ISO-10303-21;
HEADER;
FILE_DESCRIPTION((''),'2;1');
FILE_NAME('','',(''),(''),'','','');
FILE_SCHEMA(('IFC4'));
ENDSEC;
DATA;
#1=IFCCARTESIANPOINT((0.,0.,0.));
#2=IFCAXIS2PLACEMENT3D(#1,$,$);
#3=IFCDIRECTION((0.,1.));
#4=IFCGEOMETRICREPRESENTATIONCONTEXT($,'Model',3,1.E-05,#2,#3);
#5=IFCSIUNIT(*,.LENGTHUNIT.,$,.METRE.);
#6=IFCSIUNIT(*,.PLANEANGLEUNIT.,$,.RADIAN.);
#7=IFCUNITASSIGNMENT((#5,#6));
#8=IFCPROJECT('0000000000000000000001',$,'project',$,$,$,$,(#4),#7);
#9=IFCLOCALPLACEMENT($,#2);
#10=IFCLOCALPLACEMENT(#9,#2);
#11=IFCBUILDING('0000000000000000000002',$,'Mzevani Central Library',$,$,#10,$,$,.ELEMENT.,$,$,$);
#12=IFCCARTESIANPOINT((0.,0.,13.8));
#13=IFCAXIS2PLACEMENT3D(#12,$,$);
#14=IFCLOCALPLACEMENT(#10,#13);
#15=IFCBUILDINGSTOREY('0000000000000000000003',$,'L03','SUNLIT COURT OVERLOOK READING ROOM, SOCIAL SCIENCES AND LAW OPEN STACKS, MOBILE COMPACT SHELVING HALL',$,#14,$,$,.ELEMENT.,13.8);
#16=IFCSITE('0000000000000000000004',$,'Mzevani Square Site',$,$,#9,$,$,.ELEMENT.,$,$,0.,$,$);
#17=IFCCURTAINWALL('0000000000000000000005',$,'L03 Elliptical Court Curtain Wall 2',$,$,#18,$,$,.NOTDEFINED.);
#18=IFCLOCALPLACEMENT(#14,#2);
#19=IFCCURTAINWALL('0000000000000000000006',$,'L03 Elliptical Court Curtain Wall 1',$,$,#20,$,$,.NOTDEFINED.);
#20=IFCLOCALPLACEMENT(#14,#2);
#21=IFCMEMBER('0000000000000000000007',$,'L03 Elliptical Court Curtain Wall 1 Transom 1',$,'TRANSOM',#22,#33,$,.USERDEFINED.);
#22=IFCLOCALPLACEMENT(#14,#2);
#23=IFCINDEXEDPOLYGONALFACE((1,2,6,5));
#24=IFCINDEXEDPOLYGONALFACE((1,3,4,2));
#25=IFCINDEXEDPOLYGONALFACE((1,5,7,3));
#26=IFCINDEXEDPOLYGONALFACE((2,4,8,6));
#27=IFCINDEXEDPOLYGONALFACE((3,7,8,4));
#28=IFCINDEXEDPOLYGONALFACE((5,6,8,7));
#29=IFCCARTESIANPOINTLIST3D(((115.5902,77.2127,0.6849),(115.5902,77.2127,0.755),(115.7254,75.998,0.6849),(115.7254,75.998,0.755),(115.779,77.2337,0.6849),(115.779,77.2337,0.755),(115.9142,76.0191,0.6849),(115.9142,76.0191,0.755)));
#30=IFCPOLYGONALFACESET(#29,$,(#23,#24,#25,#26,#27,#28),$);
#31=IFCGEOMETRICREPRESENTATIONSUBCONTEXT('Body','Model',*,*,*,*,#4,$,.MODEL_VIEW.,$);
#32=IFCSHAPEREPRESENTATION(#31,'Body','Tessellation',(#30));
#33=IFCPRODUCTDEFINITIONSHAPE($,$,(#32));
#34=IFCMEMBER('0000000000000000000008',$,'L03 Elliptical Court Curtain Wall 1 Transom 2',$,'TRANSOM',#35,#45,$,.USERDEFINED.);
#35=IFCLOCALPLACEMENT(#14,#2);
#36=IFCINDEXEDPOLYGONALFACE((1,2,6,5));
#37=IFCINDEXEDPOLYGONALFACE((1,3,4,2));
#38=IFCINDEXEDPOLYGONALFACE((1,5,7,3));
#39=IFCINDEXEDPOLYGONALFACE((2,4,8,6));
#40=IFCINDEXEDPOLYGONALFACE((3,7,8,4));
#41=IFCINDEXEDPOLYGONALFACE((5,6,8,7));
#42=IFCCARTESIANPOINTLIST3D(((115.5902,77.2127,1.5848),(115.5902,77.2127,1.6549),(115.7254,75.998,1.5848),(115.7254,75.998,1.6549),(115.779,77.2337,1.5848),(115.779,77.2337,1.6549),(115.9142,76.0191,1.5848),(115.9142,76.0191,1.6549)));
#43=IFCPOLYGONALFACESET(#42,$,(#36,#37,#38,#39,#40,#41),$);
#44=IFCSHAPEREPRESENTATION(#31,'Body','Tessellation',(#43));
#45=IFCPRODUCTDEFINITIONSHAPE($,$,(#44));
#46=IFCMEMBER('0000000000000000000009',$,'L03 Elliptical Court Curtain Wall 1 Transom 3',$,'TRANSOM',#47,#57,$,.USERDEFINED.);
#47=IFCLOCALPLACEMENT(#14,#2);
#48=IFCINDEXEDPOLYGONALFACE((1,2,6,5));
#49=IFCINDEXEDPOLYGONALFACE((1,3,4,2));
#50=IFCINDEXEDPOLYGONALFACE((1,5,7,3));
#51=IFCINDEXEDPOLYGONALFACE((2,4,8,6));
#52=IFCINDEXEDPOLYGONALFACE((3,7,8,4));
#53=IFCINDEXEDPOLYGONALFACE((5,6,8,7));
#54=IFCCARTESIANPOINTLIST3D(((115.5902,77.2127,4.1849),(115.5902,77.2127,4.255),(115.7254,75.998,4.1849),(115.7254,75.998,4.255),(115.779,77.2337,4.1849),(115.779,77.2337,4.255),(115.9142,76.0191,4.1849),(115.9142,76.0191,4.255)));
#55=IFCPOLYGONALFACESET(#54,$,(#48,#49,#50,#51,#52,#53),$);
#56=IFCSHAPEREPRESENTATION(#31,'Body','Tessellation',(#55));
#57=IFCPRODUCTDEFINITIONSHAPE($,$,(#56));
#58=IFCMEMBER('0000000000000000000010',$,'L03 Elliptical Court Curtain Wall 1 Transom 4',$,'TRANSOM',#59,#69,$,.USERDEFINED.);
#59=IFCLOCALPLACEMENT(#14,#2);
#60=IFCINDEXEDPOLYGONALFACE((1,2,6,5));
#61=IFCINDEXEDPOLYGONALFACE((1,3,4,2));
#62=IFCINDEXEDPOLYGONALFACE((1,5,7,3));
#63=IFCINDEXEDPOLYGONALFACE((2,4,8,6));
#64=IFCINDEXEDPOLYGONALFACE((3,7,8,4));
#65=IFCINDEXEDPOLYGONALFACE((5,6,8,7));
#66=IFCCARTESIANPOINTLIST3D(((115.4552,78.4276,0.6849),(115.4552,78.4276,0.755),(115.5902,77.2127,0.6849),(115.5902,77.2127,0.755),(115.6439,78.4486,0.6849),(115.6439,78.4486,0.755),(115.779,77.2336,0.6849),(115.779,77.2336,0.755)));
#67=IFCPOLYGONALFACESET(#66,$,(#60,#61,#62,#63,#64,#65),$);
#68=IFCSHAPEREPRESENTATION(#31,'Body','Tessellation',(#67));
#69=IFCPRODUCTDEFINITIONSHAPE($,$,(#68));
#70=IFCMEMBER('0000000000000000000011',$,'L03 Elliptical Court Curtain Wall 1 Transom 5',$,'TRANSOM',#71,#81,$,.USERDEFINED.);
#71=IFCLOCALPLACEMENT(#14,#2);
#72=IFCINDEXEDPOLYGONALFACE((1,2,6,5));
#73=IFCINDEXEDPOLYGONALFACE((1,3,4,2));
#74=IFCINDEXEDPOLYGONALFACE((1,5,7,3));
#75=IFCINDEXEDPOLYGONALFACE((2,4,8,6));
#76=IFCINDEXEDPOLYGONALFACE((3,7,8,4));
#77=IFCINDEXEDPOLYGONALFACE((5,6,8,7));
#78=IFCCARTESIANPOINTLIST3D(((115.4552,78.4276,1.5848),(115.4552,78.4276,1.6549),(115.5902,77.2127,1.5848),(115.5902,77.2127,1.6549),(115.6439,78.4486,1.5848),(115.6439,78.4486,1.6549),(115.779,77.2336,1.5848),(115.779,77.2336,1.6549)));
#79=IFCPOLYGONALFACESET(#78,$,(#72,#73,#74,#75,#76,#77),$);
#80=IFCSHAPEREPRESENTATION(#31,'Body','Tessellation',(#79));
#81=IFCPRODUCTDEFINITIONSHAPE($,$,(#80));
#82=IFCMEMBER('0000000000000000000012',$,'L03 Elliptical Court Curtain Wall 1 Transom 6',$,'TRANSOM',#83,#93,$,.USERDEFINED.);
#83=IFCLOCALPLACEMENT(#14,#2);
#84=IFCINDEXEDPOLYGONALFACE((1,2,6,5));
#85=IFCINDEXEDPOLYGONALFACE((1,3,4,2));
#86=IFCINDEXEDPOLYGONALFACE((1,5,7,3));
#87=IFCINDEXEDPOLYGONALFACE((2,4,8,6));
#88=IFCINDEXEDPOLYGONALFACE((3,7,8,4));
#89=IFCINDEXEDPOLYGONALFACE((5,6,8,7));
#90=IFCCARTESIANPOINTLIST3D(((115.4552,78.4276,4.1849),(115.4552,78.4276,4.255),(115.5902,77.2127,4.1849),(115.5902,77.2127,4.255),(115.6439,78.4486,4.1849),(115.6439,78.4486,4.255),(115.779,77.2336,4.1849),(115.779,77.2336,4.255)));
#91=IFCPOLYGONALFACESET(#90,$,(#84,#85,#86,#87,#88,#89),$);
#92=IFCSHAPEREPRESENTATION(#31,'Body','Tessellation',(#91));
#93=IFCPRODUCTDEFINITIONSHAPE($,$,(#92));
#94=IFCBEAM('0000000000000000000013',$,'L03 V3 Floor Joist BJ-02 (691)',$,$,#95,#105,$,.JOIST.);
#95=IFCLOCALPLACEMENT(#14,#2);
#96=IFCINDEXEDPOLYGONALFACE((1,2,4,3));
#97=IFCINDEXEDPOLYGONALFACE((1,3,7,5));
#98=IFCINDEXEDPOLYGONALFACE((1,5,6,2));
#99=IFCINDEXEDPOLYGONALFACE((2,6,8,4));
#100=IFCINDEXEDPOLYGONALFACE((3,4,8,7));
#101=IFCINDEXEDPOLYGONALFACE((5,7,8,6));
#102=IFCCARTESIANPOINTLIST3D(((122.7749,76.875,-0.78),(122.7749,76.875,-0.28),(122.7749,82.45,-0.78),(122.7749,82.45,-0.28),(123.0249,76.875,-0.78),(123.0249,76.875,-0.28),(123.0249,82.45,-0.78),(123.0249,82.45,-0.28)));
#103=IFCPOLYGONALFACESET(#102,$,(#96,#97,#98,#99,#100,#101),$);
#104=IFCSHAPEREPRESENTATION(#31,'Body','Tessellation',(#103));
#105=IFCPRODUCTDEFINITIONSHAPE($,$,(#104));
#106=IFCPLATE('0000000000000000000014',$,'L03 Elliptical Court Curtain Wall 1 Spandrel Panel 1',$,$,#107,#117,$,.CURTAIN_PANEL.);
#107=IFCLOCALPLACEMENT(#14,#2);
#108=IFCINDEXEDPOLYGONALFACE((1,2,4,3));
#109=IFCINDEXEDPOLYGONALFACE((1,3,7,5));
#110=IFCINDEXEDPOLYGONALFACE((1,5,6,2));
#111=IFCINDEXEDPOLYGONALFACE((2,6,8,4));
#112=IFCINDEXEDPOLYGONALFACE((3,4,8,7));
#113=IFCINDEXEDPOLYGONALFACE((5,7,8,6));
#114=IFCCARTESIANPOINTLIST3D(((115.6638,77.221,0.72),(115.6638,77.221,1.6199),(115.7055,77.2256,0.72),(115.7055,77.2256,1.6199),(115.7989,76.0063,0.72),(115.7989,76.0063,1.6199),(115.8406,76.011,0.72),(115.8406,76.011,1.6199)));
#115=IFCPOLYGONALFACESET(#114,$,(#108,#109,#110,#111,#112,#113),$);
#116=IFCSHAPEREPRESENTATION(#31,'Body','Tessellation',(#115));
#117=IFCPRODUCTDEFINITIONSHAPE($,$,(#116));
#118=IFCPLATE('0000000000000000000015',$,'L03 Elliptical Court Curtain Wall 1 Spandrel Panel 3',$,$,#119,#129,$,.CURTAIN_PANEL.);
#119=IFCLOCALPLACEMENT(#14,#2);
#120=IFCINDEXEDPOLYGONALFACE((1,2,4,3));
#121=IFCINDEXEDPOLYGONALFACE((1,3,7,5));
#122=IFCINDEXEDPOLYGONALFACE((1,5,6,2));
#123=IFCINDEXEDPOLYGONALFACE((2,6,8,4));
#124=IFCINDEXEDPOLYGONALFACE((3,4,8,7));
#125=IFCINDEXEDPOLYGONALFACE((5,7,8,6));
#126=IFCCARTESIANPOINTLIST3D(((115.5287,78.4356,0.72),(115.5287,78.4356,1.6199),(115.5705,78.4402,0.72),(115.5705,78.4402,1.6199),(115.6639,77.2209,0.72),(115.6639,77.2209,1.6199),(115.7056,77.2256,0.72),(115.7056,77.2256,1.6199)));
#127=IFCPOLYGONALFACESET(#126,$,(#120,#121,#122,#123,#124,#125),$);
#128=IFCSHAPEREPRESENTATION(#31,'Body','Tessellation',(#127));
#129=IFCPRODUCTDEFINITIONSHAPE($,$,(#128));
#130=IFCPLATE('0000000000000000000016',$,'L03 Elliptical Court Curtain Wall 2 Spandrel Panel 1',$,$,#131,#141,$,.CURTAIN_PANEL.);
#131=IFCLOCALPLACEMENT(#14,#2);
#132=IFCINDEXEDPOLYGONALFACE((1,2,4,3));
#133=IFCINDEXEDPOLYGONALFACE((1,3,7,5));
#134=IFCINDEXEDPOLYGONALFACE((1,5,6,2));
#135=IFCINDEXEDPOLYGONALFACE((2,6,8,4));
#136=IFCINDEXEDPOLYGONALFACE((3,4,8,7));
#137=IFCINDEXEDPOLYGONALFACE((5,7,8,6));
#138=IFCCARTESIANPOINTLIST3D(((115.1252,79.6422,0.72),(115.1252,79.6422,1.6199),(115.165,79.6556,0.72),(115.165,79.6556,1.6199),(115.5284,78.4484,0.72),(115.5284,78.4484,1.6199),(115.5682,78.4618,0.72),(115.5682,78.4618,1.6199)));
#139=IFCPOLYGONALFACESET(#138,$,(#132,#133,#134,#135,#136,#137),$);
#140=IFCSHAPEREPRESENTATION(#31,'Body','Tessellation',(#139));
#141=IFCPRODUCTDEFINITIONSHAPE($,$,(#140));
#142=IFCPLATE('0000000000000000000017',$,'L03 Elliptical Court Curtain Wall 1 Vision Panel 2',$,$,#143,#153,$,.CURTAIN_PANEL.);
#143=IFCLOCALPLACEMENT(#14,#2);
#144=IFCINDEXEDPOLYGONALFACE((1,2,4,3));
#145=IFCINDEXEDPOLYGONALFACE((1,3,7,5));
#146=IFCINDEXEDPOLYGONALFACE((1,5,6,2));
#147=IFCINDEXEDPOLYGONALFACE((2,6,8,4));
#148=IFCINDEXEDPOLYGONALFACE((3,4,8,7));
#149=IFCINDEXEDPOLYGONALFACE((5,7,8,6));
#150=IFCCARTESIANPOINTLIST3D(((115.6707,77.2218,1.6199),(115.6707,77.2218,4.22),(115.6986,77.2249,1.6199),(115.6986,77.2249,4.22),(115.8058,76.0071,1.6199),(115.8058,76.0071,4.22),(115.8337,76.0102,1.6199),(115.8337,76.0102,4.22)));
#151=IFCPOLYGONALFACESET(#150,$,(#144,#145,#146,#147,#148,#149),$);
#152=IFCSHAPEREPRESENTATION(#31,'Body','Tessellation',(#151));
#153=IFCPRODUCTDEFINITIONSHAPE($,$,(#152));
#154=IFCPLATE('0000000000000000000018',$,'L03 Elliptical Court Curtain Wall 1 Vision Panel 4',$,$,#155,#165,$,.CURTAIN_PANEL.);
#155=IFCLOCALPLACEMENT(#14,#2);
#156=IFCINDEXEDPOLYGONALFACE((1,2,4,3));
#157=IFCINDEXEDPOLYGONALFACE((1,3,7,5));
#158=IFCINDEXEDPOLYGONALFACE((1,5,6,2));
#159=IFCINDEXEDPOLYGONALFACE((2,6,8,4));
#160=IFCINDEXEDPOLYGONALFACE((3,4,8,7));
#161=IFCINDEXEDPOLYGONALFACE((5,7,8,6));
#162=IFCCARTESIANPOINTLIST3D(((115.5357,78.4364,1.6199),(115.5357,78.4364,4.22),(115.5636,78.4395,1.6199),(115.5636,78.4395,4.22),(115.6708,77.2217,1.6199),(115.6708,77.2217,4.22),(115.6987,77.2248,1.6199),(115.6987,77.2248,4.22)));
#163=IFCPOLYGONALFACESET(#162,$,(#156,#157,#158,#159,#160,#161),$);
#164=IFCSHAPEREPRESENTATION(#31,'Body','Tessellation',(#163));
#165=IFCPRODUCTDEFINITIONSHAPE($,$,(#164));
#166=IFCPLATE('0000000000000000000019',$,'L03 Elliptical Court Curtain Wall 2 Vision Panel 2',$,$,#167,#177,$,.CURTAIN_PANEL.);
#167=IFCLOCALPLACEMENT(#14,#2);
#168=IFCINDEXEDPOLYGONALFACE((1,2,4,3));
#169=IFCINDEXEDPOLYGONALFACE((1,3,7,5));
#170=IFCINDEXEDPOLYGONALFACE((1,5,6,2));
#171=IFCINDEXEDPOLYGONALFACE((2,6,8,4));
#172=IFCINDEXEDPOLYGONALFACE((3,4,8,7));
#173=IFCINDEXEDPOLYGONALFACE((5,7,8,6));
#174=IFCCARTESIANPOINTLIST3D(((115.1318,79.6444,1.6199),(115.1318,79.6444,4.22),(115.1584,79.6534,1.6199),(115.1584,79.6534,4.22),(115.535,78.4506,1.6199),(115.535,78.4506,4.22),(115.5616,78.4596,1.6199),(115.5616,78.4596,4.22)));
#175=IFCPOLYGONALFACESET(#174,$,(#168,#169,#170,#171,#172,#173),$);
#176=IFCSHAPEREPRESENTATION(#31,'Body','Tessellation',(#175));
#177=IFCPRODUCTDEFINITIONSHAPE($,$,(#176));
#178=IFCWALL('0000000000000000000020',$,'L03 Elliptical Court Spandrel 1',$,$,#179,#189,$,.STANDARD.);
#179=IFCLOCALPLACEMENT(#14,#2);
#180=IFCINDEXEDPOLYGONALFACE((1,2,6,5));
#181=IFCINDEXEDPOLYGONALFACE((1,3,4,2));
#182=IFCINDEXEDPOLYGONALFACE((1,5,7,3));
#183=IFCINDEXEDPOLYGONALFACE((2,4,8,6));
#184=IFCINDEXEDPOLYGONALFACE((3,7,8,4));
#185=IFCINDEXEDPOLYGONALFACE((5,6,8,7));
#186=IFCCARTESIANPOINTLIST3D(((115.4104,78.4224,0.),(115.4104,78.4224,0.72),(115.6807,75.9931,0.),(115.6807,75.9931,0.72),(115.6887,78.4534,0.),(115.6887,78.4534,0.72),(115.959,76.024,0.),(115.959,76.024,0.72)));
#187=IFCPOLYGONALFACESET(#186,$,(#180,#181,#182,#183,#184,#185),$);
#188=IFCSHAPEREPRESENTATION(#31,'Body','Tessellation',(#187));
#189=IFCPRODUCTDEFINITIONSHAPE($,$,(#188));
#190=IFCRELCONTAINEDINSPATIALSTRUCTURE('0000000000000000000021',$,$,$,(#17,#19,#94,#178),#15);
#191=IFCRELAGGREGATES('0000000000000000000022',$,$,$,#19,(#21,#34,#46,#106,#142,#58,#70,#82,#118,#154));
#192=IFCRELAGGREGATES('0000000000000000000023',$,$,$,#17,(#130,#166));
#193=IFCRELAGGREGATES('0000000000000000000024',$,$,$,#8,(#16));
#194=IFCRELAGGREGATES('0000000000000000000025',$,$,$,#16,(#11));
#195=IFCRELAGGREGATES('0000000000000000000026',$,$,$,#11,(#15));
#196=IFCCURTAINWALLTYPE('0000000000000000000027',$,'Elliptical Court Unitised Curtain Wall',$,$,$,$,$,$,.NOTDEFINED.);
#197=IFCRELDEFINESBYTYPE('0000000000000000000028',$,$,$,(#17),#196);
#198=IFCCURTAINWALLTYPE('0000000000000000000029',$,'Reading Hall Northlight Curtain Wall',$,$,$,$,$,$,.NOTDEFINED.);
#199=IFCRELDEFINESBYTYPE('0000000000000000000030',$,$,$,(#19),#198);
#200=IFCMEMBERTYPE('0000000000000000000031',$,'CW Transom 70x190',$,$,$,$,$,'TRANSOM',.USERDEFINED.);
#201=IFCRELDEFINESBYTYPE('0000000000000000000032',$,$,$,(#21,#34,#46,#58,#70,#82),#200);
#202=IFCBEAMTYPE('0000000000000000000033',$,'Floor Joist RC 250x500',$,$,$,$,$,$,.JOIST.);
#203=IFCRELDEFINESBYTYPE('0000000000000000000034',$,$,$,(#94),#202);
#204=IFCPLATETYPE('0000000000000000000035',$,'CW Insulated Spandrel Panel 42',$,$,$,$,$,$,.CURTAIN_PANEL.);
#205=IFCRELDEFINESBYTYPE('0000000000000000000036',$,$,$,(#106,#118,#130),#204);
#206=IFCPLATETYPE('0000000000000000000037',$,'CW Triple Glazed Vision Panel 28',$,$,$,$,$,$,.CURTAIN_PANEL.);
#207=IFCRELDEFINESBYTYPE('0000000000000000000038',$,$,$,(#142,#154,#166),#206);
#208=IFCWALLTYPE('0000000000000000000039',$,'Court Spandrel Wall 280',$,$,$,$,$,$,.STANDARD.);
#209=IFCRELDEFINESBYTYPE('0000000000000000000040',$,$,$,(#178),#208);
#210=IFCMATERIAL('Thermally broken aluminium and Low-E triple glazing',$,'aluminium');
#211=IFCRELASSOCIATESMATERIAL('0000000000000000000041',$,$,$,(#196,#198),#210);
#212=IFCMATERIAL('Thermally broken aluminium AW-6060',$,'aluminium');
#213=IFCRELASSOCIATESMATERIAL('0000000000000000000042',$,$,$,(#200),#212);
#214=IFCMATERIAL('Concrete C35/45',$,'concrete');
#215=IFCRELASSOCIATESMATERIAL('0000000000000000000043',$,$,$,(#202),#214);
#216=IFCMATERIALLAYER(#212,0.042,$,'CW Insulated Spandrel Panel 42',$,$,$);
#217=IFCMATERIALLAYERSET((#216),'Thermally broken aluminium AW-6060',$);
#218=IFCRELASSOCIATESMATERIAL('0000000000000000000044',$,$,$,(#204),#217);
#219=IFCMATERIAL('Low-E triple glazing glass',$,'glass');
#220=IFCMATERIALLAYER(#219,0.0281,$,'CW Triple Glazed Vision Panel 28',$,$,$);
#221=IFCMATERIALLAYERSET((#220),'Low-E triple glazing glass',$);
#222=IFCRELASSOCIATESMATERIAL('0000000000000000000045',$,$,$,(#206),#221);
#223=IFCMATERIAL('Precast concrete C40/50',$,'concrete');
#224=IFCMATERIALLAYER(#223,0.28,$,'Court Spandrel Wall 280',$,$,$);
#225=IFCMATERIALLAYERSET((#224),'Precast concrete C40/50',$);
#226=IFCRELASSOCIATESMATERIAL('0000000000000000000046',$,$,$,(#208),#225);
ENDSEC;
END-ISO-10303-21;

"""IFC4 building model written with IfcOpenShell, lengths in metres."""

from ifc_helpers import new_model, si_unit, direction, frame, frame_2d, origin, origin_2d, place, context, subcontext, project, spatial, rectangle, extrude, material, layer, layer_set, material_profile, profile_set, type_object, element, aggregate, save


model = new_model("IFC4")

# Units and contexts
model_context = context("Model", 3, precision=1e-05, world=origin(), true_north=direction((0.0, 1.0)))
body_context = subcontext(model_context, "Body", "Model", "MODEL_VIEW")
ifc_project = project(units=[si_unit("LENGTHUNIT", "METRE"), si_unit("PLANEANGLEUNIT", "RADIAN")], contexts=[model_context])

# Site, building, storey
site_placement = place(None, origin())
site = spatial("IfcSite", under=ifc_project, at=site_placement, Name="Mzevani Square Site", CompositionType="ELEMENT", RefElevation=0.0)
building_placement = place(site_placement, origin())
building = spatial("IfcBuilding", under=site, at=building_placement, Name="Mzevani Central Library", CompositionType="ELEMENT")
storey_placement = place(building_placement, frame((0.0, 0.0, 13.8)))
storey = spatial("IfcBuildingStorey", under=building, at=storey_placement, Name="L03", Description="SUNLIT COURT OVERLOOK READING ROOM, SOCIAL SCIENCES AND LAW OPEN STACKS, MOBILE COMPACT SHELVING HALL", CompositionType="ELEMENT", Elevation=13.8)

# Shared definitions
ifc_material_1 = material(Name="Concrete C35/45", Category="concrete")

# Curtain wall
ifc_material_2 = material(Name="Thermally broken aluminium and Low-E triple glazing", Category="aluminium")
curtain_wall_type_1 = type_object("IfcCurtainWallType", Name="Elliptical Court Unitised Curtain Wall", PredefinedType="NOTDEFINED", material=ifc_material_2)
curtain_wall_1_placement = place(storey_placement, origin())
curtain_wall_1 = element("IfcCurtainWall", 1, at=curtain_wall_1_placement, inside=storey, type_object=curtain_wall_type_1, Name="L03 Elliptical Court Curtain Wall 2", PredefinedType="NOTDEFINED")
ifc_material_3 = material(Name="Thermally broken aluminium AW-6060", Category="aluminium")

# Curtain wall
curtain_wall_type_2 = type_object("IfcCurtainWallType", Name="Reading Hall Northlight Curtain Wall", PredefinedType="NOTDEFINED", material=ifc_material_2)
curtain_wall_2_placement = place(storey_placement, origin())
curtain_wall_2 = element("IfcCurtainWall", 2, at=curtain_wall_2_placement, inside=storey, type_object=curtain_wall_type_2, Name="L03 Elliptical Court Curtain Wall 1", PredefinedType="NOTDEFINED")

# Members
ifc_material_profile_1 = material_profile(ifc_material_3, rectangle(XDim=0.1899, YDim=0.0701, at=origin_2d()), Name="ALU T70x190")
ifc_profile_set_1 = profile_set([ifc_material_profile_1], Name="Thermally broken aluminium AW-6060")
member_type_1 = type_object("IfcMemberType", Name="CW Transom 70x190", ElementType="TRANSOM", PredefinedType="USERDEFINED", material=ifc_profile_set_1)
member_1_placement = place(storey_placement, frame((115.8198, 76.0085, 0.72), z_axis=(-0.110673, 0.993857, 0.0), x_axis=(-0.993857, -0.110673, 0.0)))
member_1 = element("IfcMember", 3, at=member_1_placement, type_object=member_type_1, Name="L03 Elliptical Court Curtain Wall 1 Transom 1", ObjectType="TRANSOM", PredefinedType="USERDEFINED", context=body_context, shape_type="SweptSolid", body=[
    extrude(rectangle(XDim=0.1899, YDim=0.0701, at=origin_2d()), origin(), (0.0, 0.0, 1.0), 1.2222),
])
member_2_placement = place(storey_placement, frame((115.8198, 76.0085, 1.6199), z_axis=(-0.110673, 0.993857, 0.0), x_axis=(-0.993857, -0.110673, 0.0)))
member_2 = element("IfcMember", 4, at=member_2_placement, type_object=member_type_1, Name="L03 Elliptical Court Curtain Wall 1 Transom 2", ObjectType="TRANSOM", PredefinedType="USERDEFINED", context=body_context, shape_type="SweptSolid", body=[
    extrude(rectangle(XDim=0.1899, YDim=0.0701, at=origin_2d()), origin(), (0.0, 0.0, 1.0), 1.2222),
])
member_3_placement = place(storey_placement, frame((115.8198, 76.0085, 4.22), z_axis=(-0.110673, 0.993857, 0.0), x_axis=(-0.993857, -0.110673, 0.0)))
member_3 = element("IfcMember", 5, at=member_3_placement, type_object=member_type_1, Name="L03 Elliptical Court Curtain Wall 1 Transom 3", ObjectType="TRANSOM", PredefinedType="USERDEFINED", context=body_context, shape_type="SweptSolid", body=[
    extrude(rectangle(XDim=0.1899, YDim=0.0701, at=origin_2d()), origin(), (0.0, 0.0, 1.0), 1.2222),
])
member_4_placement = place(storey_placement, frame((115.6846, 77.2231, 0.72), z_axis=(-0.110453, 0.993881, 0.0), x_axis=(-0.993881, -0.110453, 0.0)))
member_4 = element("IfcMember", 6, at=member_4_placement, type_object=member_type_1, Name="L03 Elliptical Court Curtain Wall 1 Transom 4", ObjectType="TRANSOM", PredefinedType="USERDEFINED", context=body_context, shape_type="SweptSolid", body=[
    extrude(rectangle(XDim=0.1899, YDim=0.0701, at=origin_2d()), origin(), (0.0, 0.0, 1.0), 1.2224),
])
member_5_placement = place(storey_placement, frame((115.6846, 77.2231, 1.6199), z_axis=(-0.110453, 0.993881, 0.0), x_axis=(-0.993881, -0.110453, 0.0)))
member_5 = element("IfcMember", 7, at=member_5_placement, type_object=member_type_1, Name="L03 Elliptical Court Curtain Wall 1 Transom 5", ObjectType="TRANSOM", PredefinedType="USERDEFINED", context=body_context, shape_type="SweptSolid", body=[
    extrude(rectangle(XDim=0.1899, YDim=0.0701, at=origin_2d()), origin(), (0.0, 0.0, 1.0), 1.2224),
])
member_6_placement = place(storey_placement, frame((115.6846, 77.2231, 4.22), z_axis=(-0.110453, 0.993881, 0.0), x_axis=(-0.993881, -0.110453, 0.0)))
member_6 = element("IfcMember", 8, at=member_6_placement, type_object=member_type_1, Name="L03 Elliptical Court Curtain Wall 1 Transom 6", ObjectType="TRANSOM", PredefinedType="USERDEFINED", context=body_context, shape_type="SweptSolid", body=[
    extrude(rectangle(XDim=0.1899, YDim=0.0701, at=origin_2d()), origin(), (0.0, 0.0, 1.0), 1.2224),
])

# Beam
ifc_material_profile_2 = material_profile(ifc_material_1, rectangle(XDim=0.25, YDim=0.5, at=origin_2d()), Name="RC J250x500")
ifc_profile_set_2 = profile_set([ifc_material_profile_2], Name="Concrete C35/45")
beam_type_1 = type_object("IfcBeamType", Name="Floor Joist RC 250x500", PredefinedType="JOIST", material=ifc_profile_set_2)
beam_1_placement = place(storey_placement, frame((122.8999, 76.875, -0.53), z_axis=(0.0, 1.0, 0.0), x_axis=(-1.0, 0.0, 0.0)))
element("IfcBeam", 9, at=beam_1_placement, inside=storey, type_object=beam_type_1, Name="L03 V3 Floor Joist BJ-02 (691)", PredefinedType="JOIST", context=body_context, shape_type="SweptSolid", body=[
    extrude(rectangle(XDim=0.25, YDim=0.5, at=origin_2d()), origin(), (0.0, 0.0, 1.0), 5.575),
])

# Plates
ifc_layer_1 = layer(ifc_material_3, 0.042, Name="CW Insulated Spandrel Panel 42")
ifc_layer_set_1 = layer_set([ifc_layer_1], Name="Thermally broken aluminium AW-6060")
plate_type_1 = type_object("IfcPlateType", Name="CW Insulated Spandrel Panel 42", PredefinedType="CURTAIN_PANEL", material=ifc_layer_set_1)
plate_1_placement = place(storey_placement, frame((115.7522, 76.616, 0.72), z_axis=(0.0, 0.0, 1.0), x_axis=(-0.110579, 0.993867, 0.0)))
plate_1 = element("IfcPlate", 10, at=plate_1_placement, type_object=plate_type_1, Name="L03 Elliptical Court Curtain Wall 1 Spandrel Panel 1", PredefinedType="CURTAIN_PANEL", context=body_context, shape_type="SweptSolid", body=[
    extrude(rectangle(XDim=1.2222, YDim=0.042, at=origin_2d()), origin(), (0.0, 0.0, 1.0), 0.8999),
])
plate_2_placement = place(storey_placement, frame((115.6172, 77.8306, 0.72), z_axis=(0.0, 0.0, 1.0), x_axis=(-0.110579, 0.993867, 0.0)))
plate_2 = element("IfcPlate", 11, at=plate_2_placement, type_object=plate_type_1, Name="L03 Elliptical Court Curtain Wall 1 Spandrel Panel 3", PredefinedType="CURTAIN_PANEL", context=body_context, shape_type="SweptSolid", body=[
    extrude(rectangle(XDim=1.2222, YDim=0.042, at=origin_2d()), origin(), (0.0, 0.0, 1.0), 0.8999),
])
plate_3_placement = place(storey_placement, frame((115.3467, 79.052, 0.72), z_axis=(0.0, 0.0, 1.0), x_axis=(-0.319963, 0.94743, 0.0)))
plate_3 = element("IfcPlate", 12, at=plate_3_placement, type_object=plate_type_1, Name="L03 Elliptical Court Curtain Wall 2 Spandrel Panel 1", PredefinedType="CURTAIN_PANEL", context=body_context, shape_type="SweptSolid", body=[
    extrude(rectangle(XDim=1.26, YDim=0.042, at=origin_2d()), origin(), (0.0, 0.0, 1.0), 0.8999),
])
ifc_material_4 = material(Name="Low-E triple glazing glass", Category="glass")
ifc_layer_2 = layer(ifc_material_4, 0.0281, Name="CW Triple Glazed Vision Panel 28")
ifc_layer_set_2 = layer_set([ifc_layer_2], Name="Low-E triple glazing glass")
plate_type_2 = type_object("IfcPlateType", Name="CW Triple Glazed Vision Panel 28", PredefinedType="CURTAIN_PANEL", material=ifc_layer_set_2)
plate_4_placement = place(storey_placement, frame((115.7522, 76.616, 1.6199), z_axis=(0.0, 0.0, 1.0), x_axis=(-0.110579, 0.993867, 0.0)))
plate_4 = element("IfcPlate", 13, at=plate_4_placement, type_object=plate_type_2, Name="L03 Elliptical Court Curtain Wall 1 Vision Panel 2", PredefinedType="CURTAIN_PANEL", context=body_context, shape_type="SweptSolid", body=[
    extrude(rectangle(XDim=1.2222, YDim=0.0281, at=origin_2d()), origin(), (0.0, 0.0, 1.0), 2.6001),
])
plate_5_placement = place(storey_placement, frame((115.6172, 77.8306, 1.6199), z_axis=(0.0, 0.0, 1.0), x_axis=(-0.110579, 0.993867, 0.0)))
plate_5 = element("IfcPlate", 14, at=plate_5_placement, type_object=plate_type_2, Name="L03 Elliptical Court Curtain Wall 1 Vision Panel 4", PredefinedType="CURTAIN_PANEL", context=body_context, shape_type="SweptSolid", body=[
    extrude(rectangle(XDim=1.2222, YDim=0.0281, at=origin_2d()), origin(), (0.0, 0.0, 1.0), 2.6001),
])
aggregate(curtain_wall_2, [member_1, member_2, member_3, plate_1, plate_4, member_4, member_5, member_6, plate_2, plate_5])
plate_6_placement = place(storey_placement, frame((115.3467, 79.052, 1.6199), z_axis=(0.0, 0.0, 1.0), x_axis=(-0.319963, 0.94743, 0.0)))
plate_6 = element("IfcPlate", 15, at=plate_6_placement, type_object=plate_type_2, Name="L03 Elliptical Court Curtain Wall 2 Vision Panel 2", PredefinedType="CURTAIN_PANEL", context=body_context, shape_type="SweptSolid", body=[
    extrude(rectangle(XDim=1.26, YDim=0.0281, at=origin_2d()), origin(), (0.0, 0.0, 1.0), 2.6001),
])
aggregate(curtain_wall_1, [plate_3, plate_6])

# Wall
ifc_material_5 = material(Name="Precast concrete C40/50", Category="concrete")
ifc_layer_3 = layer(ifc_material_5, 0.28, Name="Court Spandrel Wall 280")
ifc_layer_set_3 = layer_set([ifc_layer_3], Name="Precast concrete C40/50")
wall_type_1 = type_object("IfcWallType", Name="Court Spandrel Wall 280", PredefinedType="STANDARD", material=ifc_layer_set_3)
wall_1_placement = place(storey_placement, frame((115.8198, 76.0085, 0.0), z_axis=(0.0, 0.0, 1.0), x_axis=(-0.110563, 0.993869, 0.0)))
element("IfcWall", 16, at=wall_1_placement, inside=storey, type_object=wall_type_1, Name="L03 Elliptical Court Spandrel 1", PredefinedType="STANDARD", context=body_context, shape_type="SweptSolid", body=[
    extrude(rectangle(XDim=2.4443, YDim=0.28, at=frame_2d((1.2222, 0.0))), origin(), (0.0, 0.0, 1.0), 0.72),
])

save(model, "model.ifc")
